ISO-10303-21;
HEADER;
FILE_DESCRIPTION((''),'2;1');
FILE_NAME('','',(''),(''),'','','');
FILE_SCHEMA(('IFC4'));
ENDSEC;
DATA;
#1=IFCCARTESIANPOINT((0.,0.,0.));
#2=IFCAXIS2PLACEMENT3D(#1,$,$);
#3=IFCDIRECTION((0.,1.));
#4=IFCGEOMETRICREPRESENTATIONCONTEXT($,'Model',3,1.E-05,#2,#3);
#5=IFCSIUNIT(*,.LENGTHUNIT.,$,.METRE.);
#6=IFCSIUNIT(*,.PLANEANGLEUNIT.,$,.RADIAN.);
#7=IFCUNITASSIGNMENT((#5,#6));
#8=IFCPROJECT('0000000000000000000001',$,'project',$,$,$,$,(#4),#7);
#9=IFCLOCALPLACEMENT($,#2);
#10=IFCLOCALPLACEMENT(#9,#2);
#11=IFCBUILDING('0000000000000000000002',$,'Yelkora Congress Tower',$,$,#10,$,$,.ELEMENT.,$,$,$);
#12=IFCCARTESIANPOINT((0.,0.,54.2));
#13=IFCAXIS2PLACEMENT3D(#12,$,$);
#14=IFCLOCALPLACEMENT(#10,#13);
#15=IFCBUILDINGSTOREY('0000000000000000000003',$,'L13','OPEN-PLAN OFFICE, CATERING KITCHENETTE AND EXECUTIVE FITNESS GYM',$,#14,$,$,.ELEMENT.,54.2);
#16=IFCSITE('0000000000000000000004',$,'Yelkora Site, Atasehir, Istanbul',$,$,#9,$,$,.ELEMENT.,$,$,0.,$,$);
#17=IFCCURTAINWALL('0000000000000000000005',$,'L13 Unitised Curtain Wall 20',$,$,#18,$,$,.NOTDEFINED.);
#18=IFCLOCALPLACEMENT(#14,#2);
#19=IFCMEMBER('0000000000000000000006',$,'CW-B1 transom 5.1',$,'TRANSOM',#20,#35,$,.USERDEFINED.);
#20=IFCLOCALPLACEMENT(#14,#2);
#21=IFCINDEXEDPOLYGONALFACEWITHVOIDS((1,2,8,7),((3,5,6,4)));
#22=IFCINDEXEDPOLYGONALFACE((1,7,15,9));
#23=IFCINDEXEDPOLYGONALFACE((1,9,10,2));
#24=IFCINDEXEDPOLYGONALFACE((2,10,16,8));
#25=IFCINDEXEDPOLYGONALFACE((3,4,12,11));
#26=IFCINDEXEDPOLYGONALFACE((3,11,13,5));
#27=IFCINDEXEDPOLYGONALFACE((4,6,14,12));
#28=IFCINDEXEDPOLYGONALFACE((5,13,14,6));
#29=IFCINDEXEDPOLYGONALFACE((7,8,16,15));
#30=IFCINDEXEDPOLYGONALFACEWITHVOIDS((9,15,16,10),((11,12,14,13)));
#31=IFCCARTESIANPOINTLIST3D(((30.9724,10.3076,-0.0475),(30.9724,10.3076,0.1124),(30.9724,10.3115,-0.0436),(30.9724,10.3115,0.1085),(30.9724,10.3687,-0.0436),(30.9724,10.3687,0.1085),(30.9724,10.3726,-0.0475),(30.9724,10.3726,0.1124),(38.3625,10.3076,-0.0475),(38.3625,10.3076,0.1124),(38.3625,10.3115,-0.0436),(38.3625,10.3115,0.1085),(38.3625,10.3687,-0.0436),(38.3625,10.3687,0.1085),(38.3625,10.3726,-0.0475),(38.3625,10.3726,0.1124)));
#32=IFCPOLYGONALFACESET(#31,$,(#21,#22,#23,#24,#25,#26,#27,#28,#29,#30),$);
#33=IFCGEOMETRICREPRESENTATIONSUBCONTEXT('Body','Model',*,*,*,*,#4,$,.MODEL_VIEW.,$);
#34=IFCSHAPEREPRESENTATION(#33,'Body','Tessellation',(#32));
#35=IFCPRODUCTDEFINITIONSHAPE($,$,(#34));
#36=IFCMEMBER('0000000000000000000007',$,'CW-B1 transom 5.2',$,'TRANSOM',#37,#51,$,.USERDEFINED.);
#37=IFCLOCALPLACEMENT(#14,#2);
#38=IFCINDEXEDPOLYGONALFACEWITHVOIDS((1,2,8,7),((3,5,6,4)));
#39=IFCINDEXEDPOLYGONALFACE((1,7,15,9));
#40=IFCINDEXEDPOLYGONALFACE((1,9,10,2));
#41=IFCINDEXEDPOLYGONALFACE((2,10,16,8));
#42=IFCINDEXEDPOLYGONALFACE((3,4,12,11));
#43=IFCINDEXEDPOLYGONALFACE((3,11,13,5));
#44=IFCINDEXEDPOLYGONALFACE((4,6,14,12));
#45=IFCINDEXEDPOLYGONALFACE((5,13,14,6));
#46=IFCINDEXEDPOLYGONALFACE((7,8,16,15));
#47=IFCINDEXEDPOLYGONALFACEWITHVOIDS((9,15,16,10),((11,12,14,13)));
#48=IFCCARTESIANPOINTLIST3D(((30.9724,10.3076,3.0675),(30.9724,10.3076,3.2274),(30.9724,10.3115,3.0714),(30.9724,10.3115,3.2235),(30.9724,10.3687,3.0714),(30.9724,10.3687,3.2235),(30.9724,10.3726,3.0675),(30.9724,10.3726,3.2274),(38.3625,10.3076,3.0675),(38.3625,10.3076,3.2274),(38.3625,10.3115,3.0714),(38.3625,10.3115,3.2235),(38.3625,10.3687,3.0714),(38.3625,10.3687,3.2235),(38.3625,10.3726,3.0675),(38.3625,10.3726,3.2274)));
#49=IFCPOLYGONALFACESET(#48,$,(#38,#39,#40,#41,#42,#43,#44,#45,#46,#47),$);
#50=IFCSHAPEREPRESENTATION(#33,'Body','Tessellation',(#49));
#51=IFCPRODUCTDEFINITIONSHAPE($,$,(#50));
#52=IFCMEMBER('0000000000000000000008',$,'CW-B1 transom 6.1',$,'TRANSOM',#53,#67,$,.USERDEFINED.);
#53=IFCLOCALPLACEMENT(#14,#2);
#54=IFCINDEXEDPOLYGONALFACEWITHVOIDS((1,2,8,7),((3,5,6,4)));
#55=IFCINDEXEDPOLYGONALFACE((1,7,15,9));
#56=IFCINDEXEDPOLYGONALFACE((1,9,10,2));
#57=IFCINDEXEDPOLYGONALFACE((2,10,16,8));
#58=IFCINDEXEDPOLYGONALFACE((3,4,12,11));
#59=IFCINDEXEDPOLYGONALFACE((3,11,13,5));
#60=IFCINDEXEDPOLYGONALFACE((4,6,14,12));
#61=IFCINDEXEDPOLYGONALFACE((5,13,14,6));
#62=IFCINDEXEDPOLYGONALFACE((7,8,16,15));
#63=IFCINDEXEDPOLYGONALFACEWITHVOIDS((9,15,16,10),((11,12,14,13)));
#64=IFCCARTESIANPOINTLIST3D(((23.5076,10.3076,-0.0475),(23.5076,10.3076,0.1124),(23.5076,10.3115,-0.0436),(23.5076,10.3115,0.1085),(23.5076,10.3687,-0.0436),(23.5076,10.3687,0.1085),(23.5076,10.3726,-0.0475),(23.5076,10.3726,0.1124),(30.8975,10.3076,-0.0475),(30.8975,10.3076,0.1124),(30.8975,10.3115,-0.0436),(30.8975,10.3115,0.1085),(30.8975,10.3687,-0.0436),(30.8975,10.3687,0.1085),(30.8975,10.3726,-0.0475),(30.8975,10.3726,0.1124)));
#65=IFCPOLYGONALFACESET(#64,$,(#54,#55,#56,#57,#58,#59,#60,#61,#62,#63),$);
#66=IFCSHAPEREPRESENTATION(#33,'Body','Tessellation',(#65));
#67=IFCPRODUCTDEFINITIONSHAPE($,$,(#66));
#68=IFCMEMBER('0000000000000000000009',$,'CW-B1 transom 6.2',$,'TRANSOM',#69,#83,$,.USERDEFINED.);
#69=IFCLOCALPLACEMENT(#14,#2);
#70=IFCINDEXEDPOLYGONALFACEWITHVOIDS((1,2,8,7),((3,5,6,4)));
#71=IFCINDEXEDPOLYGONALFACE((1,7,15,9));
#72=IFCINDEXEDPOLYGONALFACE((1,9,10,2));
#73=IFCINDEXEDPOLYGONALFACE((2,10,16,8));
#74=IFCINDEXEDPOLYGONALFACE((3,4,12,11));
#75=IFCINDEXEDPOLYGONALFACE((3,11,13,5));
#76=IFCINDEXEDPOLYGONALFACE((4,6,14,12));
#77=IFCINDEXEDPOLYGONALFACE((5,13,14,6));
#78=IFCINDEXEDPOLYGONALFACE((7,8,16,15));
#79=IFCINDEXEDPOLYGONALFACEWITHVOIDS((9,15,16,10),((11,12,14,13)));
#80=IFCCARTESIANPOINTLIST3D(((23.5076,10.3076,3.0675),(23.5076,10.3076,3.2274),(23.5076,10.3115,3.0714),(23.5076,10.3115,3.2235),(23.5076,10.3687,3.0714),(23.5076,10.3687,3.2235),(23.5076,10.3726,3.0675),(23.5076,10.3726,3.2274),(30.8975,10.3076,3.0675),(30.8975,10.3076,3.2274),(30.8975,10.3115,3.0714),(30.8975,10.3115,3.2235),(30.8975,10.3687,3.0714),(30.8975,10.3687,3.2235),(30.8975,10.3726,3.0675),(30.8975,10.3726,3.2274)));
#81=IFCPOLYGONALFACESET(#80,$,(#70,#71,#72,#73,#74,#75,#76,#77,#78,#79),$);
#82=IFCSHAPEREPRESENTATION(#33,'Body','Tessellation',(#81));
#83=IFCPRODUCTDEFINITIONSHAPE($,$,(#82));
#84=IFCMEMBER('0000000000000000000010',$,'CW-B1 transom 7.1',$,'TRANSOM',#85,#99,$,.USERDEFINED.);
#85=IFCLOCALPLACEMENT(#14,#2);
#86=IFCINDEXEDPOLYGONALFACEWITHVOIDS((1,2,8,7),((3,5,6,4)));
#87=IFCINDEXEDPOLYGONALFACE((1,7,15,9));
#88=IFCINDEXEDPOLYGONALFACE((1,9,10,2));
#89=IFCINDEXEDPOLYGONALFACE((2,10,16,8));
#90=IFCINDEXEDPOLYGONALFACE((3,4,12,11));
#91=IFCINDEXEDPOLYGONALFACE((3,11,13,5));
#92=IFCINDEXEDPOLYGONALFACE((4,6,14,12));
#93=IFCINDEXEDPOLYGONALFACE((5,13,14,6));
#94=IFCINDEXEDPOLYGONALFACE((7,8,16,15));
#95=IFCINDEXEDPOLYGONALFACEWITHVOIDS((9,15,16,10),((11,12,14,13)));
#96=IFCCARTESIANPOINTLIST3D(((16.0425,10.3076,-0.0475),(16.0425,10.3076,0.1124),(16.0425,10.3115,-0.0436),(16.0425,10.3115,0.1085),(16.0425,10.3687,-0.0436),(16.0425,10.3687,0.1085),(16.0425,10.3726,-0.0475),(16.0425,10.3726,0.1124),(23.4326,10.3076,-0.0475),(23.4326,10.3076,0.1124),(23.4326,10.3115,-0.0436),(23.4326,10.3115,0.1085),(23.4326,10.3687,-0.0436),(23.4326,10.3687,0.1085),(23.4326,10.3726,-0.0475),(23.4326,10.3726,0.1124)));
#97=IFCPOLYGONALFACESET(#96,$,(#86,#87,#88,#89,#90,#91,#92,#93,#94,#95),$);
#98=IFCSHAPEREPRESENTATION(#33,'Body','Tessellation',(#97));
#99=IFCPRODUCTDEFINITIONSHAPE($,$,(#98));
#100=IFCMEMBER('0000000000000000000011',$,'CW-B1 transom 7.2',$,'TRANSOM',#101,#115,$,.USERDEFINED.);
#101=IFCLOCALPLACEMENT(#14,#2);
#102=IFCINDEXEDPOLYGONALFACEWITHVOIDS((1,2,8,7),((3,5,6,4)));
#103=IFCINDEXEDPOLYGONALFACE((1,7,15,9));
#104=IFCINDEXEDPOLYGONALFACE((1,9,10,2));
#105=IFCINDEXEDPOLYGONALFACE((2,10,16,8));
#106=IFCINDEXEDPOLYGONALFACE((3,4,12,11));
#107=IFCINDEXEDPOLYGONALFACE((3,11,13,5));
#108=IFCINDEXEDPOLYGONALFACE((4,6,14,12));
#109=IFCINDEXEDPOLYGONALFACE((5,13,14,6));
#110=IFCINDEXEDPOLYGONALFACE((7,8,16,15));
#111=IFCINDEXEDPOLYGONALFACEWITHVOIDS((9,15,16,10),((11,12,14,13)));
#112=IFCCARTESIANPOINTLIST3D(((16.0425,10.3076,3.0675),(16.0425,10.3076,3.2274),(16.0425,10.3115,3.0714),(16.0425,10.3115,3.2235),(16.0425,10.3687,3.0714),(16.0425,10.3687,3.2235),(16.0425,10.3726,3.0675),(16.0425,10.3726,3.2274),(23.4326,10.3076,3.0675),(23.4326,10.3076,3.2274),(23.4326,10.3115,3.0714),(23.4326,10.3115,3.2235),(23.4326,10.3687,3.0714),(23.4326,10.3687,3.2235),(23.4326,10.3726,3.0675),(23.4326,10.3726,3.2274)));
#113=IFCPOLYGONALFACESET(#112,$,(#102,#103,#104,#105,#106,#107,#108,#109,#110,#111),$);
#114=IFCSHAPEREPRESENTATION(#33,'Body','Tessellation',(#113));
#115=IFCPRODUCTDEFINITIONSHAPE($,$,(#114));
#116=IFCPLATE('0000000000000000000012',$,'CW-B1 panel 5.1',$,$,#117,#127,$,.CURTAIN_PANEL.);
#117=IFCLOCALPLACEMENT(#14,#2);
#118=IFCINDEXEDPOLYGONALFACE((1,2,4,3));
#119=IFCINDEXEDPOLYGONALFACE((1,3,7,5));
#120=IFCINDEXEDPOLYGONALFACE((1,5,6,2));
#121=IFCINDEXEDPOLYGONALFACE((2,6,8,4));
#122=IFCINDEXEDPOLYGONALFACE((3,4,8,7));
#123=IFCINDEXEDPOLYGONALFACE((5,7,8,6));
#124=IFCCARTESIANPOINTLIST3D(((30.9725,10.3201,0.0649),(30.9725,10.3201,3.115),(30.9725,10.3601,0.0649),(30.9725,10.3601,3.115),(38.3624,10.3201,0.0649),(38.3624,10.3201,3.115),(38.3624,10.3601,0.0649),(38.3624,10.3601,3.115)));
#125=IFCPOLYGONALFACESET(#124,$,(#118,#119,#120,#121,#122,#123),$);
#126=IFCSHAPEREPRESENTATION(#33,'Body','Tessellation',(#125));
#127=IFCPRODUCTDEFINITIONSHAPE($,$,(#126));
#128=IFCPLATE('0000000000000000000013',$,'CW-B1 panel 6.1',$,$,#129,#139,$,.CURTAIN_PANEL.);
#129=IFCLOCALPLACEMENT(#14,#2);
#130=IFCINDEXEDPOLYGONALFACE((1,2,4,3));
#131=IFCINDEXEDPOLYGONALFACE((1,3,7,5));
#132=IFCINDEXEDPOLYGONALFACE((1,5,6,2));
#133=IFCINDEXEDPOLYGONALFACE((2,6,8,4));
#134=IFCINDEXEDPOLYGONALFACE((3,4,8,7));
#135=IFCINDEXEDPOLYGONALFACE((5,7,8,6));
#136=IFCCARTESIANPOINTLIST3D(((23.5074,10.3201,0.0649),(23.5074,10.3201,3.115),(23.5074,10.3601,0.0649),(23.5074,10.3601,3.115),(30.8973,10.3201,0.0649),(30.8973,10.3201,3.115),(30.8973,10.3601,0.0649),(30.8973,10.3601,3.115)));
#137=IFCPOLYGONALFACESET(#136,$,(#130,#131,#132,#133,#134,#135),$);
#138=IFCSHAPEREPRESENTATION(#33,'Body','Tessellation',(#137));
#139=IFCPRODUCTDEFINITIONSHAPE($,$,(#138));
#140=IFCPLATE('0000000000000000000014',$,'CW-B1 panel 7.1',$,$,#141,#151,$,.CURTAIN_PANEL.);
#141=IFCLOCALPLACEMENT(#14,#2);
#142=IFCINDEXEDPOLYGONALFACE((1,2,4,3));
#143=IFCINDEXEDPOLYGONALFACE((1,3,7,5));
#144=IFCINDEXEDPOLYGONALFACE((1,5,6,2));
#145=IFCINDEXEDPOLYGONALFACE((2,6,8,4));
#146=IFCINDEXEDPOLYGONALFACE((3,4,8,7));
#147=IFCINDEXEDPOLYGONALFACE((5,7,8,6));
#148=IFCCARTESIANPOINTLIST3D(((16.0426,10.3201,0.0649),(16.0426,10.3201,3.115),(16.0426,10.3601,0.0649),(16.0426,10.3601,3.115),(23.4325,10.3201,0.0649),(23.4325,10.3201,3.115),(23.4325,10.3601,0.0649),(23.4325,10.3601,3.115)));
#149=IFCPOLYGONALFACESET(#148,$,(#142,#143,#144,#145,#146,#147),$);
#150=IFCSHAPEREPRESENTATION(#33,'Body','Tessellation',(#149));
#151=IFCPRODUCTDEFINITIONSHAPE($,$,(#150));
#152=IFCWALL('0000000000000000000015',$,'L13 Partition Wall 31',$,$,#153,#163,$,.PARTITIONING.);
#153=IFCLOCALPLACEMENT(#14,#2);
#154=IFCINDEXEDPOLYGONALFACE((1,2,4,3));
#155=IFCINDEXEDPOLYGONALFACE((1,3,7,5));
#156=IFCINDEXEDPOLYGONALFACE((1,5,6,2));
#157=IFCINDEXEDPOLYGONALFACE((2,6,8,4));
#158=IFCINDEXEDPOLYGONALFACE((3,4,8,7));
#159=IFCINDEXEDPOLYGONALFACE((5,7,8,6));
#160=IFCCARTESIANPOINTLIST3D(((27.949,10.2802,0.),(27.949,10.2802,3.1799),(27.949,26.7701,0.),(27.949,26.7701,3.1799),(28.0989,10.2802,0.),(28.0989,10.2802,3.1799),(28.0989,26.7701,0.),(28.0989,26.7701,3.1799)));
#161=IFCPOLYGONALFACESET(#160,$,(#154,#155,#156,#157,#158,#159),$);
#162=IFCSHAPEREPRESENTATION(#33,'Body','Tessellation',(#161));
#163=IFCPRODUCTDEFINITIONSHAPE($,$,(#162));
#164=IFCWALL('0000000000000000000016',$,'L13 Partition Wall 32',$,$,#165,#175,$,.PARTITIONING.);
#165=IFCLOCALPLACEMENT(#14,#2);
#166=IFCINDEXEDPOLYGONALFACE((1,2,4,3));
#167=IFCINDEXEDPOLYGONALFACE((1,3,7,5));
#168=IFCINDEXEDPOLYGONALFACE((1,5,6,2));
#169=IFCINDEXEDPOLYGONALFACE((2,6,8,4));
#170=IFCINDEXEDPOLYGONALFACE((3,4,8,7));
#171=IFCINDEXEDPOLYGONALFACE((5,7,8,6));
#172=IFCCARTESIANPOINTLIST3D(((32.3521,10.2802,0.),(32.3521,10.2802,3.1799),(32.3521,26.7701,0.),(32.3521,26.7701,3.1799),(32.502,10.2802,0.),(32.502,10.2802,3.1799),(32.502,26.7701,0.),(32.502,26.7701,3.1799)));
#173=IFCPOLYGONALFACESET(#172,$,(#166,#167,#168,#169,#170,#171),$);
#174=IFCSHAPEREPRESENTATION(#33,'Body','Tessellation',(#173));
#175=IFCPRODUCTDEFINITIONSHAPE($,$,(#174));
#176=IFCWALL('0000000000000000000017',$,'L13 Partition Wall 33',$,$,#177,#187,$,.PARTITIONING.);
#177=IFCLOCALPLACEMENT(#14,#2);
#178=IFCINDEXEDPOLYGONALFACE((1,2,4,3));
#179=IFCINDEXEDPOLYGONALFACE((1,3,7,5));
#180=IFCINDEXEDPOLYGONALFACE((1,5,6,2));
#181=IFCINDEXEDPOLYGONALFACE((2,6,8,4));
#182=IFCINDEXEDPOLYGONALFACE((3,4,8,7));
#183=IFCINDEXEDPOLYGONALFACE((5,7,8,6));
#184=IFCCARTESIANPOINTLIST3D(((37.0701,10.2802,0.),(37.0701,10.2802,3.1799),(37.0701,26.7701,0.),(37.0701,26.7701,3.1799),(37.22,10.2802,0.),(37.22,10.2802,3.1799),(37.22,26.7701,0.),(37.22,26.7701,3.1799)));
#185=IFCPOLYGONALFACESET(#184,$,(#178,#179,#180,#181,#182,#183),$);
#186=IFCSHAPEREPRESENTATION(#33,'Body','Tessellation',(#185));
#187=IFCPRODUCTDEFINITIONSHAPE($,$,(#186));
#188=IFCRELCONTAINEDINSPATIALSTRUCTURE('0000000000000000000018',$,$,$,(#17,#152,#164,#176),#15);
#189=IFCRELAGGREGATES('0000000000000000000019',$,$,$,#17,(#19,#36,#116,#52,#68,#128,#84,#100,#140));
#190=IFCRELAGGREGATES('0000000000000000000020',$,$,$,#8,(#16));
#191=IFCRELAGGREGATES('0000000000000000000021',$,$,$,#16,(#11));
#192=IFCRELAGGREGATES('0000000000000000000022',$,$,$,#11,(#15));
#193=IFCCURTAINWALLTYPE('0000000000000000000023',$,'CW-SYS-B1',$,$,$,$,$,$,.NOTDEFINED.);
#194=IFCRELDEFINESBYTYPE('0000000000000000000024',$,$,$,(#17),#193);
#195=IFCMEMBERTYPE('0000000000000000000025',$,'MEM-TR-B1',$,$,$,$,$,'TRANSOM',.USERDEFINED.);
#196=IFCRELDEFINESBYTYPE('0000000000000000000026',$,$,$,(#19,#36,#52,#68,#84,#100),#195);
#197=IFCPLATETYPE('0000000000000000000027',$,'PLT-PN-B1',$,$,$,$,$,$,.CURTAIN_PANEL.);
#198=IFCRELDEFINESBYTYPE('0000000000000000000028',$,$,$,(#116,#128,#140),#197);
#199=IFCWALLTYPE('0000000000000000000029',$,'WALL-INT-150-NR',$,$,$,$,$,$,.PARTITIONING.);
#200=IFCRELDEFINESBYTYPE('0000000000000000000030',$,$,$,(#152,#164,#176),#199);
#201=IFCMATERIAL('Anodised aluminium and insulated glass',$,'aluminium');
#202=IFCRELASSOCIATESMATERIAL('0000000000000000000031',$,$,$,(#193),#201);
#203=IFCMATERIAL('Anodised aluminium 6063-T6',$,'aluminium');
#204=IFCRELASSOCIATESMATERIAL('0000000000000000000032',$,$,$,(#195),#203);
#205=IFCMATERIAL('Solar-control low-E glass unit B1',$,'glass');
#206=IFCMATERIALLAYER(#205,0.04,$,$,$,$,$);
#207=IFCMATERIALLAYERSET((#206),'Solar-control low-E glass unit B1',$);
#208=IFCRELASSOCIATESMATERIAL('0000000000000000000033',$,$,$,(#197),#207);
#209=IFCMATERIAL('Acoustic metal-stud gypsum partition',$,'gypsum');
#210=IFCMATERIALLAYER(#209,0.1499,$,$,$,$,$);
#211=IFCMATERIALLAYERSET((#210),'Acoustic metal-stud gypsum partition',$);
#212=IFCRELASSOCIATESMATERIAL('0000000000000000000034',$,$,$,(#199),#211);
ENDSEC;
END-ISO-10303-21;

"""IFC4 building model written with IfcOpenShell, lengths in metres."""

from ifc_helpers import new_model, si_unit, direction, frame, frame_2d, origin, origin_2d, place, context, subcontext, project, spatial, rectangle, hollow_rectangle, extrude, material, layer, layer_set, material_profile, profile_set, type_object, element, aggregate, save


model = new_model("IFC4")

# Units and contexts
model_context = context("Model", 3, precision=1e-05, world=origin(), true_north=direction((0.0, 1.0)))
body_context = subcontext(model_context, "Body", "Model", "MODEL_VIEW")
ifc_project = project(units=[si_unit("LENGTHUNIT", "METRE"), si_unit("PLANEANGLEUNIT", "RADIAN")], contexts=[model_context])

# Site, building, storey
site_placement = place(None, origin())
site = spatial("IfcSite", under=ifc_project, at=site_placement, Name="Yelkora Site, Atasehir, Istanbul", CompositionType="ELEMENT", RefElevation=0.0)
building_placement = place(site_placement, origin())
building = spatial("IfcBuilding", under=site, at=building_placement, Name="Yelkora Congress Tower", CompositionType="ELEMENT")
storey_placement = place(building_placement, frame((0.0, 0.0, 54.2)))
storey = spatial("IfcBuildingStorey", under=building, at=storey_placement, Name="L13", Description="OPEN-PLAN OFFICE, CATERING KITCHENETTE AND EXECUTIVE FITNESS GYM", CompositionType="ELEMENT", Elevation=54.2)

# Curtain wall, members, plates
ifc_material_1 = material(Name="Anodised aluminium and insulated glass", Category="aluminium")
curtain_wall_type = type_object("IfcCurtainWallType", Name="CW-SYS-B1", PredefinedType="NOTDEFINED", material=ifc_material_1)
curtain_wall_placement = place(storey_placement, origin())
curtain_wall = element("IfcCurtainWall", 1, at=curtain_wall_placement, inside=storey, type_object=curtain_wall_type, Name="L13 Unitised Curtain Wall 20", PredefinedType="NOTDEFINED")
ifc_material_2 = material(Name="Anodised aluminium 6063-T6", Category="aluminium")
ifc_material_profile_1 = material_profile(ifc_material_2, hollow_rectangle(XDim=0.0649, YDim=0.1599, WallThickness=0.0039, at=origin_2d()), Name="ALU 65x160x4")
ifc_profile_set_1 = profile_set([ifc_material_profile_1], Name="Anodised aluminium 6063-T6")
member_type_1 = type_object("IfcMemberType", Name="MEM-TR-B1", ElementType="TRANSOM", PredefinedType="USERDEFINED", material=ifc_profile_set_1)
member_1_placement = place(storey_placement, frame((38.3625, 10.3401, 0.0325), z_axis=(-1.0, 0.0, 0.0), x_axis=(0.0, -1.0, 0.0)))
member_1 = element("IfcMember", 2, at=member_1_placement, type_object=member_type_1, Name="CW-B1 transom 5.1", ObjectType="TRANSOM", PredefinedType="USERDEFINED", context=body_context, shape_type="SweptSolid", body=[
    extrude(hollow_rectangle(XDim=0.0649, YDim=0.1599, WallThickness=0.0039, at=origin_2d()), origin(), (0.0, 0.0, 1.0), 7.3901),
])
member_2_placement = place(storey_placement, frame((38.3625, 10.3401, 3.1475), z_axis=(-1.0, 0.0, 0.0), x_axis=(0.0, -1.0, 0.0)))
member_2 = element("IfcMember", 3, at=member_2_placement, type_object=member_type_1, Name="CW-B1 transom 5.2", ObjectType="TRANSOM", PredefinedType="USERDEFINED", context=body_context, shape_type="SweptSolid", body=[
    extrude(hollow_rectangle(XDim=0.0649, YDim=0.1599, WallThickness=0.0039, at=origin_2d()), origin(), (0.0, 0.0, 1.0), 7.3901),
])
member_3_placement = place(storey_placement, frame((30.8975, 10.3401, 0.0325), z_axis=(-1.0, 0.0, 0.0), x_axis=(0.0, -1.0, 0.0)))
member_3 = element("IfcMember", 4, at=member_3_placement, type_object=member_type_1, Name="CW-B1 transom 6.1", ObjectType="TRANSOM", PredefinedType="USERDEFINED", context=body_context, shape_type="SweptSolid", body=[
    extrude(hollow_rectangle(XDim=0.0649, YDim=0.1599, WallThickness=0.0039, at=origin_2d()), origin(), (0.0, 0.0, 1.0), 7.3899),
])
member_4_placement = place(storey_placement, frame((30.8975, 10.3401, 3.1475), z_axis=(-1.0, 0.0, 0.0), x_axis=(0.0, -1.0, 0.0)))
member_4 = element("IfcMember", 5, at=member_4_placement, type_object=member_type_1, Name="CW-B1 transom 6.2", ObjectType="TRANSOM", PredefinedType="USERDEFINED", context=body_context, shape_type="SweptSolid", body=[
    extrude(hollow_rectangle(XDim=0.0649, YDim=0.1599, WallThickness=0.0039, at=origin_2d()), origin(), (0.0, 0.0, 1.0), 7.3899),
])
member_5_placement = place(storey_placement, frame((23.4326, 10.3401, 0.0325), z_axis=(-1.0, 0.0, 0.0), x_axis=(0.0, -1.0, 0.0)))
member_5 = element("IfcMember", 6, at=member_5_placement, type_object=member_type_1, Name="CW-B1 transom 7.1", ObjectType="TRANSOM", PredefinedType="USERDEFINED", context=body_context, shape_type="SweptSolid", body=[
    extrude(hollow_rectangle(XDim=0.0649, YDim=0.1599, WallThickness=0.0039, at=origin_2d()), origin(), (0.0, 0.0, 1.0), 7.3901),
])
member_6_placement = place(storey_placement, frame((23.4326, 10.3401, 3.1475), z_axis=(-1.0, 0.0, 0.0), x_axis=(0.0, -1.0, 0.0)))
member_6 = element("IfcMember", 7, at=member_6_placement, type_object=member_type_1, Name="CW-B1 transom 7.2", ObjectType="TRANSOM", PredefinedType="USERDEFINED", context=body_context, shape_type="SweptSolid", body=[
    extrude(hollow_rectangle(XDim=0.0649, YDim=0.1599, WallThickness=0.0039, at=origin_2d()), origin(), (0.0, 0.0, 1.0), 7.3901),
])
ifc_material_3 = material(Name="Solar-control low-E glass unit B1", Category="glass")
ifc_layer_1 = layer(ifc_material_3, 0.04)
ifc_layer_set_1 = layer_set([ifc_layer_1], Name="Solar-control low-E glass unit B1")
plate_type = type_object("IfcPlateType", Name="PLT-PN-B1", PredefinedType="CURTAIN_PANEL", material=ifc_layer_set_1)
plate_1_placement = place(storey_placement, frame((34.6675, 10.3401, 0.0649), z_axis=(0.0, 0.0, 1.0), x_axis=(-1.0, 0.0, 0.0)))
plate_1 = element("IfcPlate", 8, at=plate_1_placement, type_object=plate_type, Name="CW-B1 panel 5.1", PredefinedType="CURTAIN_PANEL", context=body_context, shape_type="SweptSolid", body=[
    extrude(rectangle(XDim=7.3899, YDim=0.04, at=origin_2d()), origin(), (0.0, 0.0, 1.0), 3.05),
])
plate_2_placement = place(storey_placement, frame((27.2024, 10.3401, 0.0649), z_axis=(0.0, 0.0, 1.0), x_axis=(-1.0, 0.0, 0.0)))
plate_2 = element("IfcPlate", 9, at=plate_2_placement, type_object=plate_type, Name="CW-B1 panel 6.1", PredefinedType="CURTAIN_PANEL", context=body_context, shape_type="SweptSolid", body=[
    extrude(rectangle(XDim=7.3899, YDim=0.04, at=origin_2d()), origin(), (0.0, 0.0, 1.0), 3.05),
])
plate_3_placement = place(storey_placement, frame((19.7375, 10.3401, 0.0649), z_axis=(0.0, 0.0, 1.0), x_axis=(-1.0, 0.0, 0.0)))
plate_3 = element("IfcPlate", 10, at=plate_3_placement, type_object=plate_type, Name="CW-B1 panel 7.1", PredefinedType="CURTAIN_PANEL", context=body_context, shape_type="SweptSolid", body=[
    extrude(rectangle(XDim=7.3899, YDim=0.04, at=origin_2d()), origin(), (0.0, 0.0, 1.0), 3.05),
])
aggregate(curtain_wall, [member_1, member_2, plate_1, member_3, member_4, plate_2, member_5, member_6, plate_3])

# Walls
ifc_material_4 = material(Name="Acoustic metal-stud gypsum partition", Category="gypsum")
ifc_layer_2 = layer(ifc_material_4, 0.1499)
ifc_layer_set_2 = layer_set([ifc_layer_2], Name="Acoustic metal-stud gypsum partition")
wall_type = type_object("IfcWallType", Name="WALL-INT-150-NR", PredefinedType="PARTITIONING", material=ifc_layer_set_2)
for number, where, z_axis, x_axis, name in (
    (11, (28.0239, 10.28, 0.0), (0.0, 0.0, 1.0), (0.0, 1.0, 0.0), "L13 Partition Wall 31"),
    (12, (32.427, 10.28, 0.0), (0.0, 0.0, 1.0), (0.0, 1.0, 0.0), "L13 Partition Wall 32"),
    (13, (37.145, 10.28, 0.0), (0.0, 0.0, 1.0), (0.0, 1.0, 0.0), "L13 Partition Wall 33"),
):
    element("IfcWall", number, at=place(storey_placement, frame(where, z_axis=z_axis, x_axis=x_axis)), inside=storey, type_object=wall_type, Name=name, PredefinedType="PARTITIONING", context=body_context, shape_type="SweptSolid", body=[
        extrude(rectangle(XDim=16.49, YDim=0.1499, at=frame_2d((8.2451, 0.0))), origin(), (0.0, 0.0, 1.0), 3.1799),
    ])

save(model, "model.ifc")
